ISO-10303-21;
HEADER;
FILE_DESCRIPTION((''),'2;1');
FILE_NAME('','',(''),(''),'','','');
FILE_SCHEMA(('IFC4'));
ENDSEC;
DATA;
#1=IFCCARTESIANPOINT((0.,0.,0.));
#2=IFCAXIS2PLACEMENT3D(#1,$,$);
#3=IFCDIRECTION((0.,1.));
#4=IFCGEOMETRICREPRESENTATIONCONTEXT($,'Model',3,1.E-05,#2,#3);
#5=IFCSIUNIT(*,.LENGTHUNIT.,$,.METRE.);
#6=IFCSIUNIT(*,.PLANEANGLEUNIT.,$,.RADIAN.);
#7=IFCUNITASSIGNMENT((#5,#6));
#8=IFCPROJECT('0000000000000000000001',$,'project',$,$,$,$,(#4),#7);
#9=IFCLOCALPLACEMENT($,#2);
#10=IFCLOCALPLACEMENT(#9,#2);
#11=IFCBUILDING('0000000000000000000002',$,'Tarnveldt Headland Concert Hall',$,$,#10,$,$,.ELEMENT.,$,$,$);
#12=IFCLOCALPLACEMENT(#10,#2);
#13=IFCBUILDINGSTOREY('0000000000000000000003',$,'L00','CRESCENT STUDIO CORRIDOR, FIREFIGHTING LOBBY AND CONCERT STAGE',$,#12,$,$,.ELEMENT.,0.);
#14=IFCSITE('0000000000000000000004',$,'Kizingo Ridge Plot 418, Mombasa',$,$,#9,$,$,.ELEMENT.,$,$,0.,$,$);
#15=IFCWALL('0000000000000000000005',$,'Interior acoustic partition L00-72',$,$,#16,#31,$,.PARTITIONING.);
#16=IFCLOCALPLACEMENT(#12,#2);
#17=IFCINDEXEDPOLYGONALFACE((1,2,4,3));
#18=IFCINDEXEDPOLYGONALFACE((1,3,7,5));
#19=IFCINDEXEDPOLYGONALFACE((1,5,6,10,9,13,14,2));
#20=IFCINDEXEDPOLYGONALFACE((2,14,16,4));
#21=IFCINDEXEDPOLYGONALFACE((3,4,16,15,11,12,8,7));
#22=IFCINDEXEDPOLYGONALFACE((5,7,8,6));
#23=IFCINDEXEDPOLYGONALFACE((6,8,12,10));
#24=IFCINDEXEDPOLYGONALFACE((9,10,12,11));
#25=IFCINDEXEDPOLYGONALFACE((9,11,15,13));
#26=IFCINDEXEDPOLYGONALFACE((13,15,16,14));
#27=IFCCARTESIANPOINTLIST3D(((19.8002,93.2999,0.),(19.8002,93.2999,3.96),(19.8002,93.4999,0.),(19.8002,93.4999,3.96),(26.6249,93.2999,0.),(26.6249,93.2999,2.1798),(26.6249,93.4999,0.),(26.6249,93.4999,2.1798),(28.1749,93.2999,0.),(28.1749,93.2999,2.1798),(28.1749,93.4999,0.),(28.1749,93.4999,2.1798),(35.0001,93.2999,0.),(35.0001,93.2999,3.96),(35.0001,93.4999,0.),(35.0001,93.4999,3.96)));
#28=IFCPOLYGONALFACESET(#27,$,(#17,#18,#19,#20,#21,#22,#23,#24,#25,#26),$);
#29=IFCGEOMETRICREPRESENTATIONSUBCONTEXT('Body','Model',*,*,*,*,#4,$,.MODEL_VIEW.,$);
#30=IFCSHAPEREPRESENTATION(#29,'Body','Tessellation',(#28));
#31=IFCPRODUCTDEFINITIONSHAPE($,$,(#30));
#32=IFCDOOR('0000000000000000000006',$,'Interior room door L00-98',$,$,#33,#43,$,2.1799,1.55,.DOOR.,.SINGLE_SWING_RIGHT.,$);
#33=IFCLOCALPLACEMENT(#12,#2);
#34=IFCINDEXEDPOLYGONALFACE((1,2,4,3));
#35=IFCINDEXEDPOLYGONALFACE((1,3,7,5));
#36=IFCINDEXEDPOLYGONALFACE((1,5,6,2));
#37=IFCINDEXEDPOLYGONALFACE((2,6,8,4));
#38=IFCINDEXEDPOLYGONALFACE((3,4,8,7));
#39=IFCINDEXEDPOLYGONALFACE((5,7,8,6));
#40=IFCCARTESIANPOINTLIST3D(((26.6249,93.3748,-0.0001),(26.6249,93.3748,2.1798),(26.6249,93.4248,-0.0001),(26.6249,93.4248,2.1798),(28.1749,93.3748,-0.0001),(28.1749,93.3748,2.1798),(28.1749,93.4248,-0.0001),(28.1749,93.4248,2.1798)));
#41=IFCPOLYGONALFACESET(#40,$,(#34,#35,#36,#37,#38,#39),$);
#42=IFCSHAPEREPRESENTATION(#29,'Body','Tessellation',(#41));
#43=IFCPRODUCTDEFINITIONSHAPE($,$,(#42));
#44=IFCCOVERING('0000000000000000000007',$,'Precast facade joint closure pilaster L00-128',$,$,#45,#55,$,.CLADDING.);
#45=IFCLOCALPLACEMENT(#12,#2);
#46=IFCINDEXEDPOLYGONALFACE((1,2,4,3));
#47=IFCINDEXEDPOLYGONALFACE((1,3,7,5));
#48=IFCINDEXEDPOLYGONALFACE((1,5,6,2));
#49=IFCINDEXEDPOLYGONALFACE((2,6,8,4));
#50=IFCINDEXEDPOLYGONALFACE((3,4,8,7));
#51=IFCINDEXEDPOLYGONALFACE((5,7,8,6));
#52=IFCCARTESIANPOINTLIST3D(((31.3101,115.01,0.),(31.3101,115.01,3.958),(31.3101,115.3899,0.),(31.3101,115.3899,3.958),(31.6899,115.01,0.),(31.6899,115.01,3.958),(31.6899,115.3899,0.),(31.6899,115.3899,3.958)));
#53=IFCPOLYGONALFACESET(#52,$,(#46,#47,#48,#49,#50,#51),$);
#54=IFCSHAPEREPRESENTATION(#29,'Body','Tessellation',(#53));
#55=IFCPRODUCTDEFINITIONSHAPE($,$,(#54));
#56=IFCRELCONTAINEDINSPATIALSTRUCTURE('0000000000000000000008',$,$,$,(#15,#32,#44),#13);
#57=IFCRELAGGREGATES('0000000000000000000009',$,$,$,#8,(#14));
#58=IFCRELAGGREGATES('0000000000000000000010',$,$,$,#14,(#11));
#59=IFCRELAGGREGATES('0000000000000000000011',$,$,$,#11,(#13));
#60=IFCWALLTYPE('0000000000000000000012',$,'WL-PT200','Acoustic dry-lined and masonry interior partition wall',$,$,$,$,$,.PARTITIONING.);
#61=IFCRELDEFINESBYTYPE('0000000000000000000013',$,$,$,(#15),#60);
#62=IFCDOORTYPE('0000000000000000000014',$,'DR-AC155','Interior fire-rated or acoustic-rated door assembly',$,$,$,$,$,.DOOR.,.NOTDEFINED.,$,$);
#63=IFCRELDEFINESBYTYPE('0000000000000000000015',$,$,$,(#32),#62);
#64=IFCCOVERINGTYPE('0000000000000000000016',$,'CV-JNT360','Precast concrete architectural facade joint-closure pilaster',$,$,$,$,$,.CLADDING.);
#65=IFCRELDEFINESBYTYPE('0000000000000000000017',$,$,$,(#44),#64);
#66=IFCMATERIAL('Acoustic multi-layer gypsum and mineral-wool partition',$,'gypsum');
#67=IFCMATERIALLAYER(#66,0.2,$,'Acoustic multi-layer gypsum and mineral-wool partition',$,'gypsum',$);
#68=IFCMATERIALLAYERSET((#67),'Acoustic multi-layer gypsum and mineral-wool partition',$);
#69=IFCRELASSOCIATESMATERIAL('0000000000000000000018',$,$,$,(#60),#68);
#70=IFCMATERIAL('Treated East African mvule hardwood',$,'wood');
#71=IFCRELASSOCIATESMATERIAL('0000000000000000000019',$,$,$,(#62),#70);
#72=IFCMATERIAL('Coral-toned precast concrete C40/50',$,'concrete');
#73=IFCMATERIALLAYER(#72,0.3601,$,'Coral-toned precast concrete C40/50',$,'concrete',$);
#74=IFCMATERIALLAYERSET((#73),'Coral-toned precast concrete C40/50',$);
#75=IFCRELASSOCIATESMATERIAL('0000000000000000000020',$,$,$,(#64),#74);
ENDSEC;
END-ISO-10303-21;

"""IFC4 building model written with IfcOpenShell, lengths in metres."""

from ifc_helpers import new_model, si_unit, direction, frame, frame_2d, origin, origin_2d, place, context, subcontext, project, spatial, rectangle, extrude, material, layer, layer_set, type_object, element, fill, save


model = new_model("IFC4")

# Units and contexts
model_context = context("Model", 3, precision=1e-05, world=origin(), true_north=direction((0.0, 1.0)))
body_context = subcontext(model_context, "Body", "Model", "MODEL_VIEW")
ifc_project = project(units=[si_unit("LENGTHUNIT", "METRE"), si_unit("PLANEANGLEUNIT", "RADIAN")], contexts=[model_context])

# Site, building, storey
site_placement = place(None, origin())
site = spatial("IfcSite", under=ifc_project, at=site_placement, Name="Kizingo Ridge Plot 418, Mombasa", CompositionType="ELEMENT", RefElevation=0.0)
building_placement = place(site_placement, origin())
building = spatial("IfcBuilding", under=site, at=building_placement, Name="Tarnveldt Headland Concert Hall", CompositionType="ELEMENT")
storey_placement = place(building_placement, origin())
storey = spatial("IfcBuildingStorey", under=building, at=storey_placement, Name="L00", Description="CRESCENT STUDIO CORRIDOR, FIREFIGHTING LOBBY AND CONCERT STAGE", CompositionType="ELEMENT", Elevation=0.0)

# Shared definitions
ifc_material_1 = material(Name="Coral-toned precast concrete C40/50", Category="concrete")

# Wall, opening, door
ifc_material_2 = material(Name="Acoustic multi-layer gypsum and mineral-wool partition", Category="gypsum")
ifc_layer_1 = layer(ifc_material_2, 0.2, Name="Acoustic multi-layer gypsum and mineral-wool partition", Category="gypsum")
ifc_layer_set_1 = layer_set([ifc_layer_1], Name="Acoustic multi-layer gypsum and mineral-wool partition")
wall_type_1 = type_object("IfcWallType", Name="WL-PT200", Description="Acoustic dry-lined and masonry interior partition wall", PredefinedType="PARTITIONING", material=ifc_layer_set_1)
wall_1_placement = place(storey_placement, frame((19.8, 93.3999, 0.0), z_axis=(0.0, 0.0, 1.0), x_axis=(1.0, 0.0, 0.0)))
wall_1 = element("IfcWall", 1, at=wall_1_placement, inside=storey, type_object=wall_type_1, Name="Interior acoustic partition L00-72", PredefinedType="PARTITIONING", context=body_context, shape_type="SweptSolid", body=[
    extrude(rectangle(XDim=15.2, YDim=0.2, at=frame_2d((7.6001, 0.0))), origin(), (0.0, 0.0, 1.0), 3.96),
])
opening_1_placement = place(wall_1_placement, frame((6.825, 0.0, 0.0)))
opening_1 = element("IfcOpeningElement", 2, at=opening_1_placement, cuts=wall_1, PredefinedType="OPENING", context=body_context, shape_type="SweptSolid", body=[
    extrude(rectangle(XDim=1.55, YDim=2.1799, at=frame_2d((0.7749, 1.0898))), frame((0.0, 0.1099, 0.0), z_axis=(0.0, -1.0, 0.0), x_axis=(1.0, 0.0, 0.0)), (0.0, 0.0, 1.0), 0.22),
])
ifc_material_3 = material(Name="Treated East African mvule hardwood", Category="wood")
door_type = type_object("IfcDoorType", Name="DR-AC155", Description="Interior fire-rated or acoustic-rated door assembly", OperationType="NOTDEFINED", PredefinedType="DOOR", material=ifc_material_3)
door_placement = place(opening_1_placement, origin())
door = element("IfcDoor", 3, at=door_placement, inside=storey, type_object=door_type, Name="Interior room door L00-98", OperationType="SINGLE_SWING_RIGHT", OverallHeight=2.1799, OverallWidth=1.55, PredefinedType="DOOR", context=body_context, shape_type="SweptSolid", body=[
    extrude(rectangle(XDim=1.55, YDim=2.1799, at=frame_2d((0.7749, 1.0898))), frame((0.0, 0.0249, 0.0), z_axis=(0.0, -1.0, 0.0), x_axis=(1.0, 0.0, 0.0)), (0.0, 0.0, 1.0), 0.05),
])
fill(opening_1, door)

# Covering
ifc_layer_2 = layer(ifc_material_1, 0.3601, Name="Coral-toned precast concrete C40/50", Category="concrete")
ifc_layer_set_2 = layer_set([ifc_layer_2], Name="Coral-toned precast concrete C40/50")
covering_type = type_object("IfcCoveringType", Name="CV-JNT360", Description="Precast concrete architectural facade joint-closure pilaster", PredefinedType="CLADDING", material=ifc_layer_set_2)
covering_placement = place(storey_placement, frame((31.5, 115.2, 0.0), z_axis=(0.0, 0.0, 1.0), x_axis=(1.0, 0.0, 0.0)))
element("IfcCovering", 4, at=covering_placement, inside=storey, type_object=covering_type, Name="Precast facade joint closure pilaster L00-128", PredefinedType="CLADDING", context=body_context, shape_type="SweptSolid", body=[
    extrude(rectangle(XDim=0.3799, YDim=0.3799, at=origin_2d()), origin(), (0.0, 0.0, 1.0), 3.958),
])

save(model, "model.ifc")
